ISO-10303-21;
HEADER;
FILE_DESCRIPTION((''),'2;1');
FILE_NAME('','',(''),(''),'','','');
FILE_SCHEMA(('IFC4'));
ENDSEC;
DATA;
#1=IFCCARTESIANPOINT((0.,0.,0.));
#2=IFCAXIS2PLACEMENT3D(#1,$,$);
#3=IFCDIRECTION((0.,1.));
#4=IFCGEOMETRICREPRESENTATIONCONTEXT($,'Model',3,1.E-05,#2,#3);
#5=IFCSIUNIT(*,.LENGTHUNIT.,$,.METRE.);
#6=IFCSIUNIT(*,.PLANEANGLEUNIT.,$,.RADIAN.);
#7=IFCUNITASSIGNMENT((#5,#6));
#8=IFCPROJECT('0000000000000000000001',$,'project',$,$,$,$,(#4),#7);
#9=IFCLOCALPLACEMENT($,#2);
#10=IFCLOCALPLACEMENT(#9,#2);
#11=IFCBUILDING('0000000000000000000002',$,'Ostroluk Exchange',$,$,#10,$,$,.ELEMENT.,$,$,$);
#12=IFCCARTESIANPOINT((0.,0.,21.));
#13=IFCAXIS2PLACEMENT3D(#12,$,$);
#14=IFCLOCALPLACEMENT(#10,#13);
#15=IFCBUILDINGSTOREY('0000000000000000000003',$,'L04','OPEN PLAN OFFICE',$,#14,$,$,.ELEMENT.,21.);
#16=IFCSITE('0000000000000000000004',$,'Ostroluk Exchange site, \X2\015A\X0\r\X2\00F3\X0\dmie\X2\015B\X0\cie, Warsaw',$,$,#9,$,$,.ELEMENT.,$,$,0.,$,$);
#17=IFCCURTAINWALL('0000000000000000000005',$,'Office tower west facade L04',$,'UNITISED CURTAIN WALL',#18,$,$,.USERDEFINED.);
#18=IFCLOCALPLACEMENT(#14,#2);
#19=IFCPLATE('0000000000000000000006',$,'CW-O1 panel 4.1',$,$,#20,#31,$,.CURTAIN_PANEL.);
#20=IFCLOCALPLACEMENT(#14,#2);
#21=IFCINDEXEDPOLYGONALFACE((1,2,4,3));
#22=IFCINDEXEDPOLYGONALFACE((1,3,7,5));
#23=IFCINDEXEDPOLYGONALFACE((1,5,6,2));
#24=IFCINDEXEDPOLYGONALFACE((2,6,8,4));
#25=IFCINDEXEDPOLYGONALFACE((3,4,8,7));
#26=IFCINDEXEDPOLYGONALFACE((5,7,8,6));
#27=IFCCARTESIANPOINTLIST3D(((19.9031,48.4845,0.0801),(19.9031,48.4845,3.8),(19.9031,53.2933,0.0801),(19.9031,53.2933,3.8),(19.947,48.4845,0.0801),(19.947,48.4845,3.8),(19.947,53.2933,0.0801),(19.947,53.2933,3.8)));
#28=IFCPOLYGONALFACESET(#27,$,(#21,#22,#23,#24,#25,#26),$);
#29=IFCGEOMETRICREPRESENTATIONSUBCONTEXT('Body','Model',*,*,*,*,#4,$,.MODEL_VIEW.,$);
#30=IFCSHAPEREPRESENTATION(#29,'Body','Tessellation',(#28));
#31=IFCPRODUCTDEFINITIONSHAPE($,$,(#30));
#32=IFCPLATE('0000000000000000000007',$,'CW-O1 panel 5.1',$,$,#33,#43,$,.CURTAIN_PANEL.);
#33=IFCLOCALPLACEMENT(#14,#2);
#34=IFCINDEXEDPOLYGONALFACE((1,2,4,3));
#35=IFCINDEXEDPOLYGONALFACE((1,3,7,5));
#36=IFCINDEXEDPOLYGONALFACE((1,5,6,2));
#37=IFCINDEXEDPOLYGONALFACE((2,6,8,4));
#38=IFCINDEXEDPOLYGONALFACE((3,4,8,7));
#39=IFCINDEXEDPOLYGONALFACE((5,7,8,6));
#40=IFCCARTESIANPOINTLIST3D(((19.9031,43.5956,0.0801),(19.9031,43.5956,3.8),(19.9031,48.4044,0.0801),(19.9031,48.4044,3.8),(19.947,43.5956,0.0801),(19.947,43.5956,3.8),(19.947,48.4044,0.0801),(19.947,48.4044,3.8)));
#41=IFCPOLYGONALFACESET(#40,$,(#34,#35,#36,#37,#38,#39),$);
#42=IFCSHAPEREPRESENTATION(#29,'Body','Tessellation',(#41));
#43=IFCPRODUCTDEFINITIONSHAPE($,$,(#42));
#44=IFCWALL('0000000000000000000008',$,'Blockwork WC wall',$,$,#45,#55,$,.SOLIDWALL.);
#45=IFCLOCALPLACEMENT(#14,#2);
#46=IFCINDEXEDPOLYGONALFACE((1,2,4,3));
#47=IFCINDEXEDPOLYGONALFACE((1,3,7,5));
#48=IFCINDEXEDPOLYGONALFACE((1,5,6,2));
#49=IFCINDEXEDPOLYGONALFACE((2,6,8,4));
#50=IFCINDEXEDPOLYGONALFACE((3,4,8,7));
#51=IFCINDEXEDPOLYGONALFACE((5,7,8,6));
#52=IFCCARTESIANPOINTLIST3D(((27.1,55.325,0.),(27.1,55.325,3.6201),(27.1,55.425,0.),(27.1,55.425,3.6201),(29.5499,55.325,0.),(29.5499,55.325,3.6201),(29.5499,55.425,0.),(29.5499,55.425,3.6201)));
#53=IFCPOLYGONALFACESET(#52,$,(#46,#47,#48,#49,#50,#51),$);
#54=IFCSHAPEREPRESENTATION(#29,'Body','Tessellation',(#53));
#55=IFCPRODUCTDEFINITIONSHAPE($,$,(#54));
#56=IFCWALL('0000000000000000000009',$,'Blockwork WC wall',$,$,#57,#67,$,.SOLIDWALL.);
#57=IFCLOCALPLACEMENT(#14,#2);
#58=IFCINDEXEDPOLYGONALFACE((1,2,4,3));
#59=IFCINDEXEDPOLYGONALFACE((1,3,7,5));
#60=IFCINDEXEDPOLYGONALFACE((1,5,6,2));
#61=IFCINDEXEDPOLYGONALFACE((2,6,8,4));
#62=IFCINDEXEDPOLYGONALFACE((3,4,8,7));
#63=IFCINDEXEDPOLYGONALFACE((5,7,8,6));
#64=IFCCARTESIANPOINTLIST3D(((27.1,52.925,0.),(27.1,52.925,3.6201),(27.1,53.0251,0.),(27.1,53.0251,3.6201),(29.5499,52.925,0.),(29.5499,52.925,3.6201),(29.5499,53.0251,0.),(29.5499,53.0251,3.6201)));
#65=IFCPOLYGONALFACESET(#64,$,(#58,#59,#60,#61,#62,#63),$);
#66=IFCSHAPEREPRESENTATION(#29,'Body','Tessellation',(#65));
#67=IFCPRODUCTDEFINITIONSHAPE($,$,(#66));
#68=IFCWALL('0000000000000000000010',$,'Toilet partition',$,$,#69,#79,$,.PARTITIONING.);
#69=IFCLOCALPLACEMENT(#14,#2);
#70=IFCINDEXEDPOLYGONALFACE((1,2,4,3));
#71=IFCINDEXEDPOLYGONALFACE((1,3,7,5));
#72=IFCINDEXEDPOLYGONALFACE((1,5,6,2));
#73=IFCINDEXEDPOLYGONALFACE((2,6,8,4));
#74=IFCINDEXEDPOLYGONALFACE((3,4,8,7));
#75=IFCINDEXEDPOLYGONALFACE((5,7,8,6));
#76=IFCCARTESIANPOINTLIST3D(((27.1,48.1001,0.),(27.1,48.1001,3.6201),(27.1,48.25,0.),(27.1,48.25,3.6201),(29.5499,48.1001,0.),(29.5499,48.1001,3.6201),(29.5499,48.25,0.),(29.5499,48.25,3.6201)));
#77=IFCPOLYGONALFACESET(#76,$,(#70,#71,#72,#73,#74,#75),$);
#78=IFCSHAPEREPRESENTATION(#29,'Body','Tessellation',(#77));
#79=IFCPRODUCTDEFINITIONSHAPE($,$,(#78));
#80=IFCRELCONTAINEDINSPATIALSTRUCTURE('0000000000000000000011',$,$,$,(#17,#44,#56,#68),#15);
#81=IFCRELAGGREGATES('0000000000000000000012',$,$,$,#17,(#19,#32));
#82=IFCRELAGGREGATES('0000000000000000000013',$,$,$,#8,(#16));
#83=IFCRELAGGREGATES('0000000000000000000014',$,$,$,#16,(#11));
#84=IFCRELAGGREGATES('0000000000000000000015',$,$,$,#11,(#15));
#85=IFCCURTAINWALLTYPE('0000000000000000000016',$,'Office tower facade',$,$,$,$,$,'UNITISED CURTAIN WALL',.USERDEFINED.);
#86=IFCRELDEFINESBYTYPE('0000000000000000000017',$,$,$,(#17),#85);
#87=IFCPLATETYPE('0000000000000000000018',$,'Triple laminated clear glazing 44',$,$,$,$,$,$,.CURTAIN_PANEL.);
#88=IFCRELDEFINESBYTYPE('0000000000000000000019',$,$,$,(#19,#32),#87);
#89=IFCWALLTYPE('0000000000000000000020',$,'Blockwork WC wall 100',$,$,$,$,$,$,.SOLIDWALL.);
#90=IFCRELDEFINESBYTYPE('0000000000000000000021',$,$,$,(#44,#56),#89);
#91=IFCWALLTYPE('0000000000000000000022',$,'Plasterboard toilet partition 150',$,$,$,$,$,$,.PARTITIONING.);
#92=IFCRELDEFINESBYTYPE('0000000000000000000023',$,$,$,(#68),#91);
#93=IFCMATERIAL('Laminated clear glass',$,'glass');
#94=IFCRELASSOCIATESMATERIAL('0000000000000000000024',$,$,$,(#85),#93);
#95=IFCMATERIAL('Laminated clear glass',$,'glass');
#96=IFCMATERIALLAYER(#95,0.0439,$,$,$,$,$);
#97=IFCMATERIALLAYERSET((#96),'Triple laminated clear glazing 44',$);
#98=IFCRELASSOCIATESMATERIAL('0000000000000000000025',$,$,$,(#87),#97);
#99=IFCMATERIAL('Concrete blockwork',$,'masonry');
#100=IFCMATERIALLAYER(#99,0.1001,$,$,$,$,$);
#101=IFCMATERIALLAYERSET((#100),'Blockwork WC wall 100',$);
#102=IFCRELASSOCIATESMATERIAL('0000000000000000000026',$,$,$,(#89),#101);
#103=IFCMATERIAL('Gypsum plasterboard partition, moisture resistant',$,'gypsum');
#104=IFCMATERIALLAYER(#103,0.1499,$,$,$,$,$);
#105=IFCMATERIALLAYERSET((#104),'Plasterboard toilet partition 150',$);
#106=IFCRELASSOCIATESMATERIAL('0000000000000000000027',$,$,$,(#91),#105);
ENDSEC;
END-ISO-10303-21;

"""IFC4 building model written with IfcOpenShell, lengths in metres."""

from ifc_helpers import new_model, si_unit, direction, frame, frame_2d, origin, origin_2d, place, context, subcontext, project, spatial, rectangle, extrude, material, layer, layer_set, type_object, element, aggregate, save


model = new_model("IFC4")

# Units and contexts
model_context = context("Model", 3, precision=1e-05, world=origin(), true_north=direction((0.0, 1.0)))
body_context = subcontext(model_context, "Body", "Model", "MODEL_VIEW")
ifc_project = project(units=[si_unit("LENGTHUNIT", "METRE"), si_unit("PLANEANGLEUNIT", "RADIAN")], contexts=[model_context])

# Site, building, storey
site_placement = place(None, origin())
site = spatial("IfcSite", under=ifc_project, at=site_placement, Name="Ostroluk Exchange site, Śródmieście, Warsaw", CompositionType="ELEMENT", RefElevation=0.0)
building_placement = place(site_placement, origin())
building = spatial("IfcBuilding", under=site, at=building_placement, Name="Ostroluk Exchange", CompositionType="ELEMENT")
storey_placement = place(building_placement, frame((0.0, 0.0, 21.0)))
storey = spatial("IfcBuildingStorey", under=building, at=storey_placement, Name="L04", Description="OPEN PLAN OFFICE", CompositionType="ELEMENT", Elevation=21.0)

# Curtain wall, plates
ifc_material_1 = material(Name="Laminated clear glass", Category="glass")
curtain_wall_type = type_object("IfcCurtainWallType", Name="Office tower facade", ElementType="UNITISED CURTAIN WALL", PredefinedType="USERDEFINED", material=ifc_material_1)
curtain_wall_placement = place(storey_placement, origin())
curtain_wall = element("IfcCurtainWall", 1, at=curtain_wall_placement, inside=storey, type_object=curtain_wall_type, Name="Office tower west facade L04", ObjectType="UNITISED CURTAIN WALL", PredefinedType="USERDEFINED")
ifc_material_2 = material(Name="Laminated clear glass", Category="glass")
ifc_layer_1 = layer(ifc_material_2, 0.0439)
ifc_layer_set_1 = layer_set([ifc_layer_1], Name="Triple laminated clear glazing 44")
plate_type = type_object("IfcPlateType", Name="Triple laminated clear glazing 44", PredefinedType="CURTAIN_PANEL", material=ifc_layer_set_1)
plate_1_placement = place(storey_placement, frame((19.925, 50.8889, 0.0801), z_axis=(0.0, 0.0, 1.0), x_axis=(0.0, -1.0, 0.0)))
plate_1 = element("IfcPlate", 2, at=plate_1_placement, type_object=plate_type, Name="CW-O1 panel 4.1", PredefinedType="CURTAIN_PANEL", context=body_context, shape_type="SweptSolid", body=[
    extrude(rectangle(XDim=4.8088, YDim=0.0439, at=origin_2d()), origin(), (0.0, 0.0, 1.0), 3.72),
])
plate_2_placement = place(storey_placement, frame((19.925, 46.0, 0.0801), z_axis=(0.0, 0.0, 1.0), x_axis=(0.0, -1.0, 0.0)))
plate_2 = element("IfcPlate", 3, at=plate_2_placement, type_object=plate_type, Name="CW-O1 panel 5.1", PredefinedType="CURTAIN_PANEL", context=body_context, shape_type="SweptSolid", body=[
    extrude(rectangle(XDim=4.8088, YDim=0.0439, at=origin_2d()), origin(), (0.0, 0.0, 1.0), 3.72),
])
aggregate(curtain_wall, [plate_1, plate_2])

# Walls
ifc_material_3 = material(Name="Concrete blockwork", Category="masonry")
ifc_layer_2 = layer(ifc_material_3, 0.1001)
ifc_layer_set_2 = layer_set([ifc_layer_2], Name="Blockwork WC wall 100")
wall_type_1 = type_object("IfcWallType", Name="Blockwork WC wall 100", PredefinedType="SOLIDWALL", material=ifc_layer_set_2)
for number, where, z_axis, x_axis, name in (
    (4, (29.55, 55.375, 0.0), (0.0, 0.0, 1.0), (-1.0, 0.0, 0.0), "Blockwork WC wall"),
    (5, (29.55, 52.9751, 0.0), (0.0, 0.0, 1.0), (-1.0, 0.0, 0.0), "Blockwork WC wall"),
):
    element("IfcWall", number, at=place(storey_placement, frame(where, z_axis=z_axis, x_axis=x_axis)), inside=storey, type_object=wall_type_1, Name=name, PredefinedType="SOLIDWALL", context=body_context, shape_type="SweptSolid", body=[
        extrude(rectangle(XDim=2.45, YDim=0.1001, at=frame_2d((1.2251, 0.0))), origin(), (0.0, 0.0, 1.0), 3.6201),
    ])
ifc_material_4 = material(Name="Gypsum plasterboard partition, moisture resistant", Category="gypsum")
ifc_layer_3 = layer(ifc_material_4, 0.1499)
ifc_layer_set_3 = layer_set([ifc_layer_3], Name="Plasterboard toilet partition 150")
wall_type_2 = type_object("IfcWallType", Name="Plasterboard toilet partition 150", PredefinedType="PARTITIONING", material=ifc_layer_set_3)
wall_placement = place(storey_placement, frame((29.55, 48.175, 0.0), z_axis=(0.0, 0.0, 1.0), x_axis=(-1.0, 0.0, 0.0)))
element("IfcWall", 6, at=wall_placement, inside=storey, type_object=wall_type_2, Name="Toilet partition", PredefinedType="PARTITIONING", context=body_context, shape_type="SweptSolid", body=[
    extrude(rectangle(XDim=2.45, YDim=0.1499, at=frame_2d((1.2251, 0.0))), origin(), (0.0, 0.0, 1.0), 3.6201),
])

save(model, "model.ifc")
